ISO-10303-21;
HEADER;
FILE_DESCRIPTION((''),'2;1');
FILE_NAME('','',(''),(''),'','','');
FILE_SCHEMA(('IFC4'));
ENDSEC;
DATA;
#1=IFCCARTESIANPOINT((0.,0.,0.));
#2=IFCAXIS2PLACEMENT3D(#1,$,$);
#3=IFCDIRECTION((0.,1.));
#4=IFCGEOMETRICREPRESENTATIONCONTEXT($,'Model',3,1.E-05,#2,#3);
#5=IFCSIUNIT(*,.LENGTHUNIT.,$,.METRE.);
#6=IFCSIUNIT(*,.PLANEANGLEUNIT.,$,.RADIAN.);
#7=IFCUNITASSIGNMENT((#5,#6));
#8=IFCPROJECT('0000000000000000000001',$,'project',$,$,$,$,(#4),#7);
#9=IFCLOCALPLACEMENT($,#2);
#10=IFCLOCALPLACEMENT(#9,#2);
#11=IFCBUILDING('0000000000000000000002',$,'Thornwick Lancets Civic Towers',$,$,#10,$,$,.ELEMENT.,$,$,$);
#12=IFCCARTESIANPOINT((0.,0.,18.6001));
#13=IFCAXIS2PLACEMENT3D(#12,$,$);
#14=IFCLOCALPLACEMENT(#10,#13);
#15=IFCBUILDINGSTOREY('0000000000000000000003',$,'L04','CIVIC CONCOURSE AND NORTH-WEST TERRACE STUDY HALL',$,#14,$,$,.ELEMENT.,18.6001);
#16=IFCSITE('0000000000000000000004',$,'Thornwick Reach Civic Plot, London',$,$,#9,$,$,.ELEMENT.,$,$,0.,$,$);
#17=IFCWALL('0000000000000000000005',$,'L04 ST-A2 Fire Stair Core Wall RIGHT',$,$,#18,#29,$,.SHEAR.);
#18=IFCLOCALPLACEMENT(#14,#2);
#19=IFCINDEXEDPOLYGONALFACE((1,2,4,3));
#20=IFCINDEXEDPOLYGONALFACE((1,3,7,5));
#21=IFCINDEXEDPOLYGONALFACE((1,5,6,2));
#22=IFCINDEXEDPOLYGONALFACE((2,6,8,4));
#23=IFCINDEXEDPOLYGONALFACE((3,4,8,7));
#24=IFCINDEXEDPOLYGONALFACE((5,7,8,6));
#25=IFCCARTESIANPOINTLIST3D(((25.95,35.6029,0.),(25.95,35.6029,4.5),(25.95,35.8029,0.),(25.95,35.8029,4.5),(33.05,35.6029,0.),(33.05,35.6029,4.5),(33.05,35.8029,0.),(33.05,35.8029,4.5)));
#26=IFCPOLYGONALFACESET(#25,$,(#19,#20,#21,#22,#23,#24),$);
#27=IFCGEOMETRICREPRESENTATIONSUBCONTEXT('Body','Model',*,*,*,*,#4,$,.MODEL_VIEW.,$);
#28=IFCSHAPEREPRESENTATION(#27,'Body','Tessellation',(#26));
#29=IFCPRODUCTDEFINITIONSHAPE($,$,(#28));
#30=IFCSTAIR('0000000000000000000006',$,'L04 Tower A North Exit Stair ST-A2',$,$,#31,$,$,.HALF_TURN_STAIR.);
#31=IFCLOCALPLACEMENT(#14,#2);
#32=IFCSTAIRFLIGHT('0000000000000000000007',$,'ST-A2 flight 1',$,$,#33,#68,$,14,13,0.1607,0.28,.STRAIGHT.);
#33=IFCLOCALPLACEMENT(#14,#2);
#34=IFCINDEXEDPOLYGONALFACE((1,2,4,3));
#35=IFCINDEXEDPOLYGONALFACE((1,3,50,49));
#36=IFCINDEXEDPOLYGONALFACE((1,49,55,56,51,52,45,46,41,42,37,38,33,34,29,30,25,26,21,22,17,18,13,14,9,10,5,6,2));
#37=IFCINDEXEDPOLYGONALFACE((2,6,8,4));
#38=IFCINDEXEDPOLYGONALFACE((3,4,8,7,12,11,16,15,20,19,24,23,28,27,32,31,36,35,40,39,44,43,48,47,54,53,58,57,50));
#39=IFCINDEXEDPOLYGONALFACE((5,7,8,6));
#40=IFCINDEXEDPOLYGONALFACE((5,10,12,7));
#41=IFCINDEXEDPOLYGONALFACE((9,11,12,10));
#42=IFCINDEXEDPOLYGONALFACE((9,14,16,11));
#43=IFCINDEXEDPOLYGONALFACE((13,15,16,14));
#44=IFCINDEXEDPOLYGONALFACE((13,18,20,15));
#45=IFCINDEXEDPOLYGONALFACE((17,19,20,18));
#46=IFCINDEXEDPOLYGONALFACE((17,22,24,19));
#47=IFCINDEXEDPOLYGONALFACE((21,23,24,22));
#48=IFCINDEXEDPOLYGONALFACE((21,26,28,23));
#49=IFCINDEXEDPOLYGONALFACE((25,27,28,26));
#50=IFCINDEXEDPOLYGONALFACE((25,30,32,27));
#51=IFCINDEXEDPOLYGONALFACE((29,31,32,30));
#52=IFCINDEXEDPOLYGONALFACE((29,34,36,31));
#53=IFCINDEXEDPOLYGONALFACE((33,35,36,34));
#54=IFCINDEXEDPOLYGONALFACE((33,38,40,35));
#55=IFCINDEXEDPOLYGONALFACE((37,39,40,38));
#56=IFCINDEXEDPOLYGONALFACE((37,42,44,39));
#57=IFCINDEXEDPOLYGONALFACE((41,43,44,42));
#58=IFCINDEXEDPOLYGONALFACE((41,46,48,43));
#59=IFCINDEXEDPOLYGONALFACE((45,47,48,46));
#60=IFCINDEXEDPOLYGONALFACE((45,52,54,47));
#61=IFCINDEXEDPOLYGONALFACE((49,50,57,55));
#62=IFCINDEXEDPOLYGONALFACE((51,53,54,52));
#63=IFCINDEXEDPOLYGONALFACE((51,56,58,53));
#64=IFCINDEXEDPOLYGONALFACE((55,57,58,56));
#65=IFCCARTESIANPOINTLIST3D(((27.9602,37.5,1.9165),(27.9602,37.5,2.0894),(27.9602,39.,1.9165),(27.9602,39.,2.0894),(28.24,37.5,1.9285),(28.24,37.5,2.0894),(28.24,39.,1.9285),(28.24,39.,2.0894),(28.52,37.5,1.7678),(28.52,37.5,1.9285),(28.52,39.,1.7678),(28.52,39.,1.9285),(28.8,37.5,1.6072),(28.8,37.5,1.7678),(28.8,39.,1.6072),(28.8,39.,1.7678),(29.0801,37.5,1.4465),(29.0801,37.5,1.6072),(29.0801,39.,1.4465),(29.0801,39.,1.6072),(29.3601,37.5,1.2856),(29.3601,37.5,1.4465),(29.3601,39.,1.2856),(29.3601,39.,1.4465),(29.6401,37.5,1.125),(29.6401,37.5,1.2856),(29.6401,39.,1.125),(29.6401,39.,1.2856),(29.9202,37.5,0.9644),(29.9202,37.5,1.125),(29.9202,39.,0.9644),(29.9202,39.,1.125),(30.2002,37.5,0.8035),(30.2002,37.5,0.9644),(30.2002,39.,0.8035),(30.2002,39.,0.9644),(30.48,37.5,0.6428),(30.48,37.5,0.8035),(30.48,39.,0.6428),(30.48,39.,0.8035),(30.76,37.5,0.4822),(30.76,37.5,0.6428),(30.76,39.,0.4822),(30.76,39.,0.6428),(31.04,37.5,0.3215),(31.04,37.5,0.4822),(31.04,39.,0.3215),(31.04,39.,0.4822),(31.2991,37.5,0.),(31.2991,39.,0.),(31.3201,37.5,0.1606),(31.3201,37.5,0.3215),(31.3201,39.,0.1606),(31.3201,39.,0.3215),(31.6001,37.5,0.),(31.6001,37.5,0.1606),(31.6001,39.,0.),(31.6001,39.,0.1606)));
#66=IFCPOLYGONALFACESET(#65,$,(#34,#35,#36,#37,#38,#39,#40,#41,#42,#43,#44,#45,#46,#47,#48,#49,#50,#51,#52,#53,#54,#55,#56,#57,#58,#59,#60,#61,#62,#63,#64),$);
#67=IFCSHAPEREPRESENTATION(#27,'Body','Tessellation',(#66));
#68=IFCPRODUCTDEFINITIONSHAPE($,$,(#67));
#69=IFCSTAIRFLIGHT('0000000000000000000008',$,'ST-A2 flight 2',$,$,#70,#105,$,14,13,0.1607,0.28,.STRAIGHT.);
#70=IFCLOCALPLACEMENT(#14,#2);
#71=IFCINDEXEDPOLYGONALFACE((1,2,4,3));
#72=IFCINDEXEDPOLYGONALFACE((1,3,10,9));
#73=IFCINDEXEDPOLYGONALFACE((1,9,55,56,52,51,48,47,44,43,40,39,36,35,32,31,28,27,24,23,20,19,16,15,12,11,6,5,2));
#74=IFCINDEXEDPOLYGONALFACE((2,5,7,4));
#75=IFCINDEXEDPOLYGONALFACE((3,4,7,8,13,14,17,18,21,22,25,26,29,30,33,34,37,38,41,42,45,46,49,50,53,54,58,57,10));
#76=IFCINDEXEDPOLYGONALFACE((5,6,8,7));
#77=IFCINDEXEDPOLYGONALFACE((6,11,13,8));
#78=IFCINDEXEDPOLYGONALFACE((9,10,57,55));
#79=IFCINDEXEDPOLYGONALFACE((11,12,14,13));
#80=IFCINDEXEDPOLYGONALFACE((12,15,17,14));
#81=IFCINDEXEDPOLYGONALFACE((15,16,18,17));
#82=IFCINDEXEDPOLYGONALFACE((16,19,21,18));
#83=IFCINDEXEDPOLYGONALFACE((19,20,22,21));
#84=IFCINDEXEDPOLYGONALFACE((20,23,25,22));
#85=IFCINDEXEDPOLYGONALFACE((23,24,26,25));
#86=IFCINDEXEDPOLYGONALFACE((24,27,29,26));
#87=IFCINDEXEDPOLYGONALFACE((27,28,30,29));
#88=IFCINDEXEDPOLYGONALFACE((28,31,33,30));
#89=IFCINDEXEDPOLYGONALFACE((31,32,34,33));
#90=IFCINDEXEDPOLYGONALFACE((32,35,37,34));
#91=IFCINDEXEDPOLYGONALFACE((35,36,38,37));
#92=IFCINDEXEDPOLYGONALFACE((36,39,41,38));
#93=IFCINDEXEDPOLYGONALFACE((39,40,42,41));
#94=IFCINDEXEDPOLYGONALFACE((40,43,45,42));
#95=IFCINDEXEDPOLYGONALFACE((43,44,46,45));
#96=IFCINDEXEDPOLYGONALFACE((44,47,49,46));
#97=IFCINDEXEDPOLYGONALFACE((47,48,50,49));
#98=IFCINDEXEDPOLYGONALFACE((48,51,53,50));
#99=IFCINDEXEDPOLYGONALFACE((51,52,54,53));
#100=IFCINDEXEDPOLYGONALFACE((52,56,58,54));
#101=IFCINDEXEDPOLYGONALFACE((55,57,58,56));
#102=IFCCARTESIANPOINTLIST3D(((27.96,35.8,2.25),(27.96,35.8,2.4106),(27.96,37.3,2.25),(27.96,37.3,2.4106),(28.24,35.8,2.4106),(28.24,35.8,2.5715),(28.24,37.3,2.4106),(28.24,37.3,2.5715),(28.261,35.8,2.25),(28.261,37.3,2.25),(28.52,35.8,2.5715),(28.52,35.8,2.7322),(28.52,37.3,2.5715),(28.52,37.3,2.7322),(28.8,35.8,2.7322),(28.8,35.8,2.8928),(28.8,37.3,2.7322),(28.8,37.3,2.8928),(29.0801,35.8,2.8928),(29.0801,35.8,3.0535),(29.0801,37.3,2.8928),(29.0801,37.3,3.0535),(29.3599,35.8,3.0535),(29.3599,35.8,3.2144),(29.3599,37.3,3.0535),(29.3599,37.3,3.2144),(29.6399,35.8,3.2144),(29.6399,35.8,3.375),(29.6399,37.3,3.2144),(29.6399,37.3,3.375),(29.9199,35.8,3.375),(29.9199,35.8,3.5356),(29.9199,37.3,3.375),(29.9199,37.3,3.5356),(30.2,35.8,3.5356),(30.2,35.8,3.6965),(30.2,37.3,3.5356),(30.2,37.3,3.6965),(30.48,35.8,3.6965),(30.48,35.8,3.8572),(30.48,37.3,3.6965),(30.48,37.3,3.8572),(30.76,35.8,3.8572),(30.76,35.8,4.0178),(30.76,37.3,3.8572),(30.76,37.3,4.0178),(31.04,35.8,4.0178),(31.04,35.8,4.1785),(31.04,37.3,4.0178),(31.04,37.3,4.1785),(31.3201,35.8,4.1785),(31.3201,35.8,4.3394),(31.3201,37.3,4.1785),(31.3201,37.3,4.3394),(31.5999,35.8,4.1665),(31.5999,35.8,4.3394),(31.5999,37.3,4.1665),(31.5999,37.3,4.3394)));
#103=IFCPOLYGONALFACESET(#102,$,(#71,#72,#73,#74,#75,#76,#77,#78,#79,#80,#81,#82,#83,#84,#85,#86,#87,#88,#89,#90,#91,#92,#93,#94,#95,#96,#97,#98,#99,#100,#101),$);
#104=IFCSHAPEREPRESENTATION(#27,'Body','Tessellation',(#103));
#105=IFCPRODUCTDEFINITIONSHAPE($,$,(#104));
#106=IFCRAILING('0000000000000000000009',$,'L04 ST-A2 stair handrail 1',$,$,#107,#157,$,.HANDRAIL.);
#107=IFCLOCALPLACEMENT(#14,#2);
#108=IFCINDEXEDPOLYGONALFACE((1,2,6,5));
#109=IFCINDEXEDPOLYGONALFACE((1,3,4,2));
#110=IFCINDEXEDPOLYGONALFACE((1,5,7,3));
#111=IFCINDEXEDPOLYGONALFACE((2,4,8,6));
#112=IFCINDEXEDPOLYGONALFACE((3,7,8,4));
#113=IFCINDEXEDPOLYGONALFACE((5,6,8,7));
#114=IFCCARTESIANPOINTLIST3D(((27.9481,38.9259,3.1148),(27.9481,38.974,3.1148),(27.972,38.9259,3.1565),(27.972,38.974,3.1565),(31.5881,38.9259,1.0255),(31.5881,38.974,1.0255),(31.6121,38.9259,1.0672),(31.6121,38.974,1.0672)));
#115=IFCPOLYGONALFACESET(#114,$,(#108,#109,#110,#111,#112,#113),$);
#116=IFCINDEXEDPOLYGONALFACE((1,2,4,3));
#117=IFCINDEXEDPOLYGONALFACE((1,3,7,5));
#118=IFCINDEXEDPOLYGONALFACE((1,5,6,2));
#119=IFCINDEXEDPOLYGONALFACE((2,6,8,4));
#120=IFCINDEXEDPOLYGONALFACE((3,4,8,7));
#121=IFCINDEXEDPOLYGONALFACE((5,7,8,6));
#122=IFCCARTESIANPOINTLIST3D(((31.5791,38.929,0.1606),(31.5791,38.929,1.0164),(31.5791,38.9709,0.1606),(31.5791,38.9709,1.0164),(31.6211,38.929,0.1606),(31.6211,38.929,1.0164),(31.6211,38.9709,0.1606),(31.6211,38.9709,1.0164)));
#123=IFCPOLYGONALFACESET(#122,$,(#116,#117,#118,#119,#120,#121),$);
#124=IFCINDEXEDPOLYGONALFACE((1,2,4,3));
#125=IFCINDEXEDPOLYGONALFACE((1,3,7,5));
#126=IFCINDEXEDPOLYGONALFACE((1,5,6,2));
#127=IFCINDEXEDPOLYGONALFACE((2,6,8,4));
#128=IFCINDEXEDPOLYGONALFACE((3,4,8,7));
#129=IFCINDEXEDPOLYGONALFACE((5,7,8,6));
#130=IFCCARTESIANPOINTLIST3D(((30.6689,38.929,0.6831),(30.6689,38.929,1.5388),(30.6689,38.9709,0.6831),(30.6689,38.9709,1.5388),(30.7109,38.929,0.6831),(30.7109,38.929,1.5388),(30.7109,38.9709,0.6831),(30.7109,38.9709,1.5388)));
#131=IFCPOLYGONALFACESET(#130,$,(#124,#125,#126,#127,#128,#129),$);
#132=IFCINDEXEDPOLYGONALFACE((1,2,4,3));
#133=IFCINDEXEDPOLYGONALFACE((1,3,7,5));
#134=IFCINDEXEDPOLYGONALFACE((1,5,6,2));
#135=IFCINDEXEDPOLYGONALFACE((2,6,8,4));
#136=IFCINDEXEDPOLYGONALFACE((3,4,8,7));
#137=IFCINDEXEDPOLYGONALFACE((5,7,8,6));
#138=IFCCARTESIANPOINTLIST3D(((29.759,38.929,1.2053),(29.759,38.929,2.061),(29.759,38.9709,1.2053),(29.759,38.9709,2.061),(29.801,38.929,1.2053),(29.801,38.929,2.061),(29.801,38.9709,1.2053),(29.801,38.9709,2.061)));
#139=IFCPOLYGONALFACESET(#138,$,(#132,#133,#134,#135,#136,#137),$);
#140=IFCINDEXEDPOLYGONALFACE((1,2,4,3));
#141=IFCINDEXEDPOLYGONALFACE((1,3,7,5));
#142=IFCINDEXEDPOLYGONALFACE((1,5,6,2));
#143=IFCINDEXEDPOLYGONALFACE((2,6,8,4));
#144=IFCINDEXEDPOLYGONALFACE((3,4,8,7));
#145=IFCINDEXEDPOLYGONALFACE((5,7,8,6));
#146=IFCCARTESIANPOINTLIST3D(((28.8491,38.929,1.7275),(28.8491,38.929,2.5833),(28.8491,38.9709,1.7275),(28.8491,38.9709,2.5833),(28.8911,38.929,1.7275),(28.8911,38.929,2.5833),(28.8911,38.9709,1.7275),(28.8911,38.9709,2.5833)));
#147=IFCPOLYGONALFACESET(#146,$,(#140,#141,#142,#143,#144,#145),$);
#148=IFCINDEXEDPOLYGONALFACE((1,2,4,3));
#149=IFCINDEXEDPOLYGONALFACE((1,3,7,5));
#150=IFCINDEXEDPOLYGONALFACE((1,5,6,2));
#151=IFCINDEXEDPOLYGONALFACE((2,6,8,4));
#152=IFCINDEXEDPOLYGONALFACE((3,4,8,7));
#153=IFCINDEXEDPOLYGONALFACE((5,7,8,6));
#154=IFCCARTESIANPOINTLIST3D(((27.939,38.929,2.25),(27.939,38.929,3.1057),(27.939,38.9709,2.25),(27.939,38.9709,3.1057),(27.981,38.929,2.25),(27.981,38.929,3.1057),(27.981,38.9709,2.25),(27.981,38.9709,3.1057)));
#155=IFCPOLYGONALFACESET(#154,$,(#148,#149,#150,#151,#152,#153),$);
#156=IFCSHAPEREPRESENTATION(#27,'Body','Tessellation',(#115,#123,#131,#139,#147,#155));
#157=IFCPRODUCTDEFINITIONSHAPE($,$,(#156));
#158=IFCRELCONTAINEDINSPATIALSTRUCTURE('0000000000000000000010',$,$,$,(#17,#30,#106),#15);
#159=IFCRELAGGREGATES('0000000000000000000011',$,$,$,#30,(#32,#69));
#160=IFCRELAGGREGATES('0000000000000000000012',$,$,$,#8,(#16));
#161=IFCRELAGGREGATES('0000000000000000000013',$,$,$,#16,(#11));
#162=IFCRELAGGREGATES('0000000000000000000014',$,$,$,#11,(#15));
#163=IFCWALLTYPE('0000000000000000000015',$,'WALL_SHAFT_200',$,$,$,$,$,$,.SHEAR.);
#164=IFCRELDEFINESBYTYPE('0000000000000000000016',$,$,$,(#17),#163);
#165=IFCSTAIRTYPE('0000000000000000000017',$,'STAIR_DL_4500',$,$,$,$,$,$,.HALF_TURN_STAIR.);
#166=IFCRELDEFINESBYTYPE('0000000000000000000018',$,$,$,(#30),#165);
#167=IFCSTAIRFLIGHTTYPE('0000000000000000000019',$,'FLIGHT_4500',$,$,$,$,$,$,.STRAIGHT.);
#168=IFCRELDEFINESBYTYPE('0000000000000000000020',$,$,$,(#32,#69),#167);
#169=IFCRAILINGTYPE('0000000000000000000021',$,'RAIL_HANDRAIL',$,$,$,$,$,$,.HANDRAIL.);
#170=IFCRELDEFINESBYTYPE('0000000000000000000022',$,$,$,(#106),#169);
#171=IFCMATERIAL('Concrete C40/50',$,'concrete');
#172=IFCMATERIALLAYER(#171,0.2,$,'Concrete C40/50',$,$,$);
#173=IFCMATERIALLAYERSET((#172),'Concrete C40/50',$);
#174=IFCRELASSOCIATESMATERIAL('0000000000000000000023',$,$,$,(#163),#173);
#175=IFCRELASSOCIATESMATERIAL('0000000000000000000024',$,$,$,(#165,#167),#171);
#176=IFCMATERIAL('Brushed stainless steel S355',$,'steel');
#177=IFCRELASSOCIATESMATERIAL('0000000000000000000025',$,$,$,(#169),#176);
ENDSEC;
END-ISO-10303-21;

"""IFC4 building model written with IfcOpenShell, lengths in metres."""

from ifc_helpers import new_model, si_unit, direction, frame, frame_2d, origin, origin_2d, place, context, subcontext, project, spatial, polyline, rectangle, outline, extrude, material, layer, layer_set, type_object, element, aggregate, save


model = new_model("IFC4")

# Units and contexts
model_context = context("Model", 3, precision=1e-05, world=origin(), true_north=direction((0.0, 1.0)))
body_context = subcontext(model_context, "Body", "Model", "MODEL_VIEW")
ifc_project = project(units=[si_unit("LENGTHUNIT", "METRE"), si_unit("PLANEANGLEUNIT", "RADIAN")], contexts=[model_context])

# Site, building, storey
site_placement = place(None, origin())
site = spatial("IfcSite", under=ifc_project, at=site_placement, Name="Thornwick Reach Civic Plot, London", CompositionType="ELEMENT", RefElevation=0.0)
building_placement = place(site_placement, origin())
building = spatial("IfcBuilding", under=site, at=building_placement, Name="Thornwick Lancets Civic Towers", CompositionType="ELEMENT")
storey_placement = place(building_placement, frame((0.0, 0.0, 18.6001)))
storey = spatial("IfcBuildingStorey", under=building, at=storey_placement, Name="L04", Description="CIVIC CONCOURSE AND NORTH-WEST TERRACE STUDY HALL", CompositionType="ELEMENT", Elevation=18.6001)

# Shared definitions
ifc_material_1 = material(Name="Concrete C40/50", Category="concrete")

# Shared definitions
ifc_layer_1 = layer(ifc_material_1, 0.2, Name="Concrete C40/50")
ifc_layer_set_1 = layer_set([ifc_layer_1], Name="Concrete C40/50")
wall_type_1 = type_object("IfcWallType", Name="WALL_SHAFT_200", PredefinedType="SHEAR", material=ifc_layer_set_1)

# Wall
wall_1_placement = place(storey_placement, frame((25.95, 35.7029, 0.0), z_axis=(0.0, 0.0, 1.0), x_axis=(1.0, 0.0, 0.0)))
element("IfcWall", 1, at=wall_1_placement, inside=storey, type_object=wall_type_1, Name="L04 ST-A2 Fire Stair Core Wall RIGHT", PredefinedType="SHEAR", context=body_context, shape_type="SweptSolid", body=[
    extrude(rectangle(XDim=7.1001, YDim=0.2, at=frame_2d((3.55, 0.0))), origin(), (0.0, 0.0, 1.0), 4.5),
])

# Stair, stair flights
stair_type = type_object("IfcStairType", Name="STAIR_DL_4500", PredefinedType="HALF_TURN_STAIR", material=ifc_material_1)
stair_placement = place(storey_placement, origin())
stair = element("IfcStair", 2, at=stair_placement, inside=storey, type_object=stair_type, Name="L04 Tower A North Exit Stair ST-A2", PredefinedType="HALF_TURN_STAIR")
stair_flight_type = type_object("IfcStairFlightType", Name="FLIGHT_4500", PredefinedType="STRAIGHT", material=ifc_material_1)
stair_flight_1_placement = place(storey_placement, frame((31.6001, 38.25, 0.0), z_axis=(0.0, 0.0, 1.0), x_axis=(-1.0, 0.0, 0.0)))
stair_flight_1 = element("IfcStairFlight", 3, at=stair_flight_1_placement, type_object=stair_flight_type, Name="ST-A2 flight 1", NumberOfRisers=14, NumberOfTreads=13, PredefinedType="STRAIGHT", RiserHeight=0.1607, TreadLength=0.28, context=body_context, shape_type="SweptSolid", body=[
    extrude(outline(polyline([(0.0, 0.0), (0.0, 0.1606), (0.28, 0.1606), (0.28, 0.3215), (0.5601, 0.3215), (0.5601, 0.4822), (0.8401, 0.4822), (0.8401, 0.6428), (1.1201, 0.6428), (1.1201, 0.8035), (1.3999, 0.8035), (1.3999, 0.9644), (1.6799, 0.9644), (1.6799, 1.125), (1.96, 1.125), (1.96, 1.2856), (2.24, 1.2856), (2.24, 1.4465), (2.52, 1.4465), (2.52, 1.6072), (2.8, 1.6072), (2.8, 1.7678), (3.0801, 1.7678), (3.0801, 1.9285), (3.3601, 1.9285), (3.3601, 2.0894), (3.6399, 2.0894), (3.6399, 2.25), (3.6399, 1.9165), (0.301, 0.0), (0.0, 0.0)])), frame((0.0, 0.75, 0.0), z_axis=(0.0, -1.0, 0.0), x_axis=(1.0, 0.0, 0.0)), (0.0, 0.0, 1.0), 1.5),
])
stair_flight_2_placement = place(storey_placement, frame((27.96, 36.55, 2.25), z_axis=(0.0, 0.0, 1.0), x_axis=(1.0, 0.0, 0.0)))
stair_flight_2 = element("IfcStairFlight", 4, at=stair_flight_2_placement, type_object=stair_flight_type, Name="ST-A2 flight 2", NumberOfRisers=14, NumberOfTreads=13, PredefinedType="STRAIGHT", RiserHeight=0.1607, TreadLength=0.28, context=body_context, shape_type="SweptSolid", body=[
    extrude(outline(polyline([(0.0, 0.0), (0.0, 0.1606), (0.28, 0.1606), (0.28, 0.3215), (0.5601, 0.3215), (0.5601, 0.4822), (0.8401, 0.4822), (0.8401, 0.6428), (1.1201, 0.6428), (1.1201, 0.8035), (1.3999, 0.8035), (1.3999, 0.9644), (1.6799, 0.9644), (1.6799, 1.125), (1.96, 1.125), (1.96, 1.2856), (2.24, 1.2856), (2.24, 1.4465), (2.52, 1.4465), (2.52, 1.6072), (2.8, 1.6072), (2.8, 1.7678), (3.0801, 1.7678), (3.0801, 1.9285), (3.3601, 1.9285), (3.3601, 2.0894), (3.6399, 2.0894), (3.6399, 2.25), (3.6399, 1.9165), (0.301, 0.0), (0.0, 0.0)])), frame((0.0, 0.75, 0.0), z_axis=(0.0, -1.0, 0.0), x_axis=(1.0, 0.0, 0.0)), (0.0, 0.0, 1.0), 1.5),
])
aggregate(stair, [stair_flight_1, stair_flight_2])

# Railing
ifc_material_2 = material(Name="Brushed stainless steel S355", Category="steel")
railing_type_1 = type_object("IfcRailingType", Name="RAIL_HANDRAIL", PredefinedType="HANDRAIL", material=ifc_material_2)
railing_1_placement = place(storey_placement, frame((31.6001, 38.95, 0.1606)))
element("IfcRailing", 5, at=railing_1_placement, inside=storey, type_object=railing_type_1, Name="L04 ST-A2 stair handrail 1", PredefinedType="HANDRAIL", context=body_context, shape_type="SweptSolid", body=[
    extrude(rectangle(XDim=0.0481, YDim=0.0481, at=origin_2d()), frame((0.0, 0.0, 0.8857), z_axis=(-0.867289, 0.0, 0.497804), x_axis=(0.0, -1.0, 0.0)), (0.0, 0.0, 1.0), 4.197),
    extrude(rectangle(XDim=0.042, YDim=0.042, at=origin_2d()), origin(), (0.0, 0.0, 1.0), 0.8557),
    extrude(rectangle(XDim=0.042, YDim=0.042, at=origin_2d()), frame((-0.9102, 0.0, 0.5225)), (0.0, 0.0, 1.0), 0.8557),
    extrude(rectangle(XDim=0.042, YDim=0.042, at=origin_2d()), frame((-1.8201, 0.0, 1.0447)), (0.0, 0.0, 1.0), 0.8557),
    extrude(rectangle(XDim=0.042, YDim=0.042, at=origin_2d()), frame((-2.73, 0.0, 1.5669)), (0.0, 0.0, 1.0), 0.8557),
    extrude(rectangle(XDim=0.042, YDim=0.042, at=origin_2d()), frame((-3.6401, 0.0, 2.0894)), (0.0, 0.0, 1.0), 0.8557),
])

save(model, "model.ifc")
